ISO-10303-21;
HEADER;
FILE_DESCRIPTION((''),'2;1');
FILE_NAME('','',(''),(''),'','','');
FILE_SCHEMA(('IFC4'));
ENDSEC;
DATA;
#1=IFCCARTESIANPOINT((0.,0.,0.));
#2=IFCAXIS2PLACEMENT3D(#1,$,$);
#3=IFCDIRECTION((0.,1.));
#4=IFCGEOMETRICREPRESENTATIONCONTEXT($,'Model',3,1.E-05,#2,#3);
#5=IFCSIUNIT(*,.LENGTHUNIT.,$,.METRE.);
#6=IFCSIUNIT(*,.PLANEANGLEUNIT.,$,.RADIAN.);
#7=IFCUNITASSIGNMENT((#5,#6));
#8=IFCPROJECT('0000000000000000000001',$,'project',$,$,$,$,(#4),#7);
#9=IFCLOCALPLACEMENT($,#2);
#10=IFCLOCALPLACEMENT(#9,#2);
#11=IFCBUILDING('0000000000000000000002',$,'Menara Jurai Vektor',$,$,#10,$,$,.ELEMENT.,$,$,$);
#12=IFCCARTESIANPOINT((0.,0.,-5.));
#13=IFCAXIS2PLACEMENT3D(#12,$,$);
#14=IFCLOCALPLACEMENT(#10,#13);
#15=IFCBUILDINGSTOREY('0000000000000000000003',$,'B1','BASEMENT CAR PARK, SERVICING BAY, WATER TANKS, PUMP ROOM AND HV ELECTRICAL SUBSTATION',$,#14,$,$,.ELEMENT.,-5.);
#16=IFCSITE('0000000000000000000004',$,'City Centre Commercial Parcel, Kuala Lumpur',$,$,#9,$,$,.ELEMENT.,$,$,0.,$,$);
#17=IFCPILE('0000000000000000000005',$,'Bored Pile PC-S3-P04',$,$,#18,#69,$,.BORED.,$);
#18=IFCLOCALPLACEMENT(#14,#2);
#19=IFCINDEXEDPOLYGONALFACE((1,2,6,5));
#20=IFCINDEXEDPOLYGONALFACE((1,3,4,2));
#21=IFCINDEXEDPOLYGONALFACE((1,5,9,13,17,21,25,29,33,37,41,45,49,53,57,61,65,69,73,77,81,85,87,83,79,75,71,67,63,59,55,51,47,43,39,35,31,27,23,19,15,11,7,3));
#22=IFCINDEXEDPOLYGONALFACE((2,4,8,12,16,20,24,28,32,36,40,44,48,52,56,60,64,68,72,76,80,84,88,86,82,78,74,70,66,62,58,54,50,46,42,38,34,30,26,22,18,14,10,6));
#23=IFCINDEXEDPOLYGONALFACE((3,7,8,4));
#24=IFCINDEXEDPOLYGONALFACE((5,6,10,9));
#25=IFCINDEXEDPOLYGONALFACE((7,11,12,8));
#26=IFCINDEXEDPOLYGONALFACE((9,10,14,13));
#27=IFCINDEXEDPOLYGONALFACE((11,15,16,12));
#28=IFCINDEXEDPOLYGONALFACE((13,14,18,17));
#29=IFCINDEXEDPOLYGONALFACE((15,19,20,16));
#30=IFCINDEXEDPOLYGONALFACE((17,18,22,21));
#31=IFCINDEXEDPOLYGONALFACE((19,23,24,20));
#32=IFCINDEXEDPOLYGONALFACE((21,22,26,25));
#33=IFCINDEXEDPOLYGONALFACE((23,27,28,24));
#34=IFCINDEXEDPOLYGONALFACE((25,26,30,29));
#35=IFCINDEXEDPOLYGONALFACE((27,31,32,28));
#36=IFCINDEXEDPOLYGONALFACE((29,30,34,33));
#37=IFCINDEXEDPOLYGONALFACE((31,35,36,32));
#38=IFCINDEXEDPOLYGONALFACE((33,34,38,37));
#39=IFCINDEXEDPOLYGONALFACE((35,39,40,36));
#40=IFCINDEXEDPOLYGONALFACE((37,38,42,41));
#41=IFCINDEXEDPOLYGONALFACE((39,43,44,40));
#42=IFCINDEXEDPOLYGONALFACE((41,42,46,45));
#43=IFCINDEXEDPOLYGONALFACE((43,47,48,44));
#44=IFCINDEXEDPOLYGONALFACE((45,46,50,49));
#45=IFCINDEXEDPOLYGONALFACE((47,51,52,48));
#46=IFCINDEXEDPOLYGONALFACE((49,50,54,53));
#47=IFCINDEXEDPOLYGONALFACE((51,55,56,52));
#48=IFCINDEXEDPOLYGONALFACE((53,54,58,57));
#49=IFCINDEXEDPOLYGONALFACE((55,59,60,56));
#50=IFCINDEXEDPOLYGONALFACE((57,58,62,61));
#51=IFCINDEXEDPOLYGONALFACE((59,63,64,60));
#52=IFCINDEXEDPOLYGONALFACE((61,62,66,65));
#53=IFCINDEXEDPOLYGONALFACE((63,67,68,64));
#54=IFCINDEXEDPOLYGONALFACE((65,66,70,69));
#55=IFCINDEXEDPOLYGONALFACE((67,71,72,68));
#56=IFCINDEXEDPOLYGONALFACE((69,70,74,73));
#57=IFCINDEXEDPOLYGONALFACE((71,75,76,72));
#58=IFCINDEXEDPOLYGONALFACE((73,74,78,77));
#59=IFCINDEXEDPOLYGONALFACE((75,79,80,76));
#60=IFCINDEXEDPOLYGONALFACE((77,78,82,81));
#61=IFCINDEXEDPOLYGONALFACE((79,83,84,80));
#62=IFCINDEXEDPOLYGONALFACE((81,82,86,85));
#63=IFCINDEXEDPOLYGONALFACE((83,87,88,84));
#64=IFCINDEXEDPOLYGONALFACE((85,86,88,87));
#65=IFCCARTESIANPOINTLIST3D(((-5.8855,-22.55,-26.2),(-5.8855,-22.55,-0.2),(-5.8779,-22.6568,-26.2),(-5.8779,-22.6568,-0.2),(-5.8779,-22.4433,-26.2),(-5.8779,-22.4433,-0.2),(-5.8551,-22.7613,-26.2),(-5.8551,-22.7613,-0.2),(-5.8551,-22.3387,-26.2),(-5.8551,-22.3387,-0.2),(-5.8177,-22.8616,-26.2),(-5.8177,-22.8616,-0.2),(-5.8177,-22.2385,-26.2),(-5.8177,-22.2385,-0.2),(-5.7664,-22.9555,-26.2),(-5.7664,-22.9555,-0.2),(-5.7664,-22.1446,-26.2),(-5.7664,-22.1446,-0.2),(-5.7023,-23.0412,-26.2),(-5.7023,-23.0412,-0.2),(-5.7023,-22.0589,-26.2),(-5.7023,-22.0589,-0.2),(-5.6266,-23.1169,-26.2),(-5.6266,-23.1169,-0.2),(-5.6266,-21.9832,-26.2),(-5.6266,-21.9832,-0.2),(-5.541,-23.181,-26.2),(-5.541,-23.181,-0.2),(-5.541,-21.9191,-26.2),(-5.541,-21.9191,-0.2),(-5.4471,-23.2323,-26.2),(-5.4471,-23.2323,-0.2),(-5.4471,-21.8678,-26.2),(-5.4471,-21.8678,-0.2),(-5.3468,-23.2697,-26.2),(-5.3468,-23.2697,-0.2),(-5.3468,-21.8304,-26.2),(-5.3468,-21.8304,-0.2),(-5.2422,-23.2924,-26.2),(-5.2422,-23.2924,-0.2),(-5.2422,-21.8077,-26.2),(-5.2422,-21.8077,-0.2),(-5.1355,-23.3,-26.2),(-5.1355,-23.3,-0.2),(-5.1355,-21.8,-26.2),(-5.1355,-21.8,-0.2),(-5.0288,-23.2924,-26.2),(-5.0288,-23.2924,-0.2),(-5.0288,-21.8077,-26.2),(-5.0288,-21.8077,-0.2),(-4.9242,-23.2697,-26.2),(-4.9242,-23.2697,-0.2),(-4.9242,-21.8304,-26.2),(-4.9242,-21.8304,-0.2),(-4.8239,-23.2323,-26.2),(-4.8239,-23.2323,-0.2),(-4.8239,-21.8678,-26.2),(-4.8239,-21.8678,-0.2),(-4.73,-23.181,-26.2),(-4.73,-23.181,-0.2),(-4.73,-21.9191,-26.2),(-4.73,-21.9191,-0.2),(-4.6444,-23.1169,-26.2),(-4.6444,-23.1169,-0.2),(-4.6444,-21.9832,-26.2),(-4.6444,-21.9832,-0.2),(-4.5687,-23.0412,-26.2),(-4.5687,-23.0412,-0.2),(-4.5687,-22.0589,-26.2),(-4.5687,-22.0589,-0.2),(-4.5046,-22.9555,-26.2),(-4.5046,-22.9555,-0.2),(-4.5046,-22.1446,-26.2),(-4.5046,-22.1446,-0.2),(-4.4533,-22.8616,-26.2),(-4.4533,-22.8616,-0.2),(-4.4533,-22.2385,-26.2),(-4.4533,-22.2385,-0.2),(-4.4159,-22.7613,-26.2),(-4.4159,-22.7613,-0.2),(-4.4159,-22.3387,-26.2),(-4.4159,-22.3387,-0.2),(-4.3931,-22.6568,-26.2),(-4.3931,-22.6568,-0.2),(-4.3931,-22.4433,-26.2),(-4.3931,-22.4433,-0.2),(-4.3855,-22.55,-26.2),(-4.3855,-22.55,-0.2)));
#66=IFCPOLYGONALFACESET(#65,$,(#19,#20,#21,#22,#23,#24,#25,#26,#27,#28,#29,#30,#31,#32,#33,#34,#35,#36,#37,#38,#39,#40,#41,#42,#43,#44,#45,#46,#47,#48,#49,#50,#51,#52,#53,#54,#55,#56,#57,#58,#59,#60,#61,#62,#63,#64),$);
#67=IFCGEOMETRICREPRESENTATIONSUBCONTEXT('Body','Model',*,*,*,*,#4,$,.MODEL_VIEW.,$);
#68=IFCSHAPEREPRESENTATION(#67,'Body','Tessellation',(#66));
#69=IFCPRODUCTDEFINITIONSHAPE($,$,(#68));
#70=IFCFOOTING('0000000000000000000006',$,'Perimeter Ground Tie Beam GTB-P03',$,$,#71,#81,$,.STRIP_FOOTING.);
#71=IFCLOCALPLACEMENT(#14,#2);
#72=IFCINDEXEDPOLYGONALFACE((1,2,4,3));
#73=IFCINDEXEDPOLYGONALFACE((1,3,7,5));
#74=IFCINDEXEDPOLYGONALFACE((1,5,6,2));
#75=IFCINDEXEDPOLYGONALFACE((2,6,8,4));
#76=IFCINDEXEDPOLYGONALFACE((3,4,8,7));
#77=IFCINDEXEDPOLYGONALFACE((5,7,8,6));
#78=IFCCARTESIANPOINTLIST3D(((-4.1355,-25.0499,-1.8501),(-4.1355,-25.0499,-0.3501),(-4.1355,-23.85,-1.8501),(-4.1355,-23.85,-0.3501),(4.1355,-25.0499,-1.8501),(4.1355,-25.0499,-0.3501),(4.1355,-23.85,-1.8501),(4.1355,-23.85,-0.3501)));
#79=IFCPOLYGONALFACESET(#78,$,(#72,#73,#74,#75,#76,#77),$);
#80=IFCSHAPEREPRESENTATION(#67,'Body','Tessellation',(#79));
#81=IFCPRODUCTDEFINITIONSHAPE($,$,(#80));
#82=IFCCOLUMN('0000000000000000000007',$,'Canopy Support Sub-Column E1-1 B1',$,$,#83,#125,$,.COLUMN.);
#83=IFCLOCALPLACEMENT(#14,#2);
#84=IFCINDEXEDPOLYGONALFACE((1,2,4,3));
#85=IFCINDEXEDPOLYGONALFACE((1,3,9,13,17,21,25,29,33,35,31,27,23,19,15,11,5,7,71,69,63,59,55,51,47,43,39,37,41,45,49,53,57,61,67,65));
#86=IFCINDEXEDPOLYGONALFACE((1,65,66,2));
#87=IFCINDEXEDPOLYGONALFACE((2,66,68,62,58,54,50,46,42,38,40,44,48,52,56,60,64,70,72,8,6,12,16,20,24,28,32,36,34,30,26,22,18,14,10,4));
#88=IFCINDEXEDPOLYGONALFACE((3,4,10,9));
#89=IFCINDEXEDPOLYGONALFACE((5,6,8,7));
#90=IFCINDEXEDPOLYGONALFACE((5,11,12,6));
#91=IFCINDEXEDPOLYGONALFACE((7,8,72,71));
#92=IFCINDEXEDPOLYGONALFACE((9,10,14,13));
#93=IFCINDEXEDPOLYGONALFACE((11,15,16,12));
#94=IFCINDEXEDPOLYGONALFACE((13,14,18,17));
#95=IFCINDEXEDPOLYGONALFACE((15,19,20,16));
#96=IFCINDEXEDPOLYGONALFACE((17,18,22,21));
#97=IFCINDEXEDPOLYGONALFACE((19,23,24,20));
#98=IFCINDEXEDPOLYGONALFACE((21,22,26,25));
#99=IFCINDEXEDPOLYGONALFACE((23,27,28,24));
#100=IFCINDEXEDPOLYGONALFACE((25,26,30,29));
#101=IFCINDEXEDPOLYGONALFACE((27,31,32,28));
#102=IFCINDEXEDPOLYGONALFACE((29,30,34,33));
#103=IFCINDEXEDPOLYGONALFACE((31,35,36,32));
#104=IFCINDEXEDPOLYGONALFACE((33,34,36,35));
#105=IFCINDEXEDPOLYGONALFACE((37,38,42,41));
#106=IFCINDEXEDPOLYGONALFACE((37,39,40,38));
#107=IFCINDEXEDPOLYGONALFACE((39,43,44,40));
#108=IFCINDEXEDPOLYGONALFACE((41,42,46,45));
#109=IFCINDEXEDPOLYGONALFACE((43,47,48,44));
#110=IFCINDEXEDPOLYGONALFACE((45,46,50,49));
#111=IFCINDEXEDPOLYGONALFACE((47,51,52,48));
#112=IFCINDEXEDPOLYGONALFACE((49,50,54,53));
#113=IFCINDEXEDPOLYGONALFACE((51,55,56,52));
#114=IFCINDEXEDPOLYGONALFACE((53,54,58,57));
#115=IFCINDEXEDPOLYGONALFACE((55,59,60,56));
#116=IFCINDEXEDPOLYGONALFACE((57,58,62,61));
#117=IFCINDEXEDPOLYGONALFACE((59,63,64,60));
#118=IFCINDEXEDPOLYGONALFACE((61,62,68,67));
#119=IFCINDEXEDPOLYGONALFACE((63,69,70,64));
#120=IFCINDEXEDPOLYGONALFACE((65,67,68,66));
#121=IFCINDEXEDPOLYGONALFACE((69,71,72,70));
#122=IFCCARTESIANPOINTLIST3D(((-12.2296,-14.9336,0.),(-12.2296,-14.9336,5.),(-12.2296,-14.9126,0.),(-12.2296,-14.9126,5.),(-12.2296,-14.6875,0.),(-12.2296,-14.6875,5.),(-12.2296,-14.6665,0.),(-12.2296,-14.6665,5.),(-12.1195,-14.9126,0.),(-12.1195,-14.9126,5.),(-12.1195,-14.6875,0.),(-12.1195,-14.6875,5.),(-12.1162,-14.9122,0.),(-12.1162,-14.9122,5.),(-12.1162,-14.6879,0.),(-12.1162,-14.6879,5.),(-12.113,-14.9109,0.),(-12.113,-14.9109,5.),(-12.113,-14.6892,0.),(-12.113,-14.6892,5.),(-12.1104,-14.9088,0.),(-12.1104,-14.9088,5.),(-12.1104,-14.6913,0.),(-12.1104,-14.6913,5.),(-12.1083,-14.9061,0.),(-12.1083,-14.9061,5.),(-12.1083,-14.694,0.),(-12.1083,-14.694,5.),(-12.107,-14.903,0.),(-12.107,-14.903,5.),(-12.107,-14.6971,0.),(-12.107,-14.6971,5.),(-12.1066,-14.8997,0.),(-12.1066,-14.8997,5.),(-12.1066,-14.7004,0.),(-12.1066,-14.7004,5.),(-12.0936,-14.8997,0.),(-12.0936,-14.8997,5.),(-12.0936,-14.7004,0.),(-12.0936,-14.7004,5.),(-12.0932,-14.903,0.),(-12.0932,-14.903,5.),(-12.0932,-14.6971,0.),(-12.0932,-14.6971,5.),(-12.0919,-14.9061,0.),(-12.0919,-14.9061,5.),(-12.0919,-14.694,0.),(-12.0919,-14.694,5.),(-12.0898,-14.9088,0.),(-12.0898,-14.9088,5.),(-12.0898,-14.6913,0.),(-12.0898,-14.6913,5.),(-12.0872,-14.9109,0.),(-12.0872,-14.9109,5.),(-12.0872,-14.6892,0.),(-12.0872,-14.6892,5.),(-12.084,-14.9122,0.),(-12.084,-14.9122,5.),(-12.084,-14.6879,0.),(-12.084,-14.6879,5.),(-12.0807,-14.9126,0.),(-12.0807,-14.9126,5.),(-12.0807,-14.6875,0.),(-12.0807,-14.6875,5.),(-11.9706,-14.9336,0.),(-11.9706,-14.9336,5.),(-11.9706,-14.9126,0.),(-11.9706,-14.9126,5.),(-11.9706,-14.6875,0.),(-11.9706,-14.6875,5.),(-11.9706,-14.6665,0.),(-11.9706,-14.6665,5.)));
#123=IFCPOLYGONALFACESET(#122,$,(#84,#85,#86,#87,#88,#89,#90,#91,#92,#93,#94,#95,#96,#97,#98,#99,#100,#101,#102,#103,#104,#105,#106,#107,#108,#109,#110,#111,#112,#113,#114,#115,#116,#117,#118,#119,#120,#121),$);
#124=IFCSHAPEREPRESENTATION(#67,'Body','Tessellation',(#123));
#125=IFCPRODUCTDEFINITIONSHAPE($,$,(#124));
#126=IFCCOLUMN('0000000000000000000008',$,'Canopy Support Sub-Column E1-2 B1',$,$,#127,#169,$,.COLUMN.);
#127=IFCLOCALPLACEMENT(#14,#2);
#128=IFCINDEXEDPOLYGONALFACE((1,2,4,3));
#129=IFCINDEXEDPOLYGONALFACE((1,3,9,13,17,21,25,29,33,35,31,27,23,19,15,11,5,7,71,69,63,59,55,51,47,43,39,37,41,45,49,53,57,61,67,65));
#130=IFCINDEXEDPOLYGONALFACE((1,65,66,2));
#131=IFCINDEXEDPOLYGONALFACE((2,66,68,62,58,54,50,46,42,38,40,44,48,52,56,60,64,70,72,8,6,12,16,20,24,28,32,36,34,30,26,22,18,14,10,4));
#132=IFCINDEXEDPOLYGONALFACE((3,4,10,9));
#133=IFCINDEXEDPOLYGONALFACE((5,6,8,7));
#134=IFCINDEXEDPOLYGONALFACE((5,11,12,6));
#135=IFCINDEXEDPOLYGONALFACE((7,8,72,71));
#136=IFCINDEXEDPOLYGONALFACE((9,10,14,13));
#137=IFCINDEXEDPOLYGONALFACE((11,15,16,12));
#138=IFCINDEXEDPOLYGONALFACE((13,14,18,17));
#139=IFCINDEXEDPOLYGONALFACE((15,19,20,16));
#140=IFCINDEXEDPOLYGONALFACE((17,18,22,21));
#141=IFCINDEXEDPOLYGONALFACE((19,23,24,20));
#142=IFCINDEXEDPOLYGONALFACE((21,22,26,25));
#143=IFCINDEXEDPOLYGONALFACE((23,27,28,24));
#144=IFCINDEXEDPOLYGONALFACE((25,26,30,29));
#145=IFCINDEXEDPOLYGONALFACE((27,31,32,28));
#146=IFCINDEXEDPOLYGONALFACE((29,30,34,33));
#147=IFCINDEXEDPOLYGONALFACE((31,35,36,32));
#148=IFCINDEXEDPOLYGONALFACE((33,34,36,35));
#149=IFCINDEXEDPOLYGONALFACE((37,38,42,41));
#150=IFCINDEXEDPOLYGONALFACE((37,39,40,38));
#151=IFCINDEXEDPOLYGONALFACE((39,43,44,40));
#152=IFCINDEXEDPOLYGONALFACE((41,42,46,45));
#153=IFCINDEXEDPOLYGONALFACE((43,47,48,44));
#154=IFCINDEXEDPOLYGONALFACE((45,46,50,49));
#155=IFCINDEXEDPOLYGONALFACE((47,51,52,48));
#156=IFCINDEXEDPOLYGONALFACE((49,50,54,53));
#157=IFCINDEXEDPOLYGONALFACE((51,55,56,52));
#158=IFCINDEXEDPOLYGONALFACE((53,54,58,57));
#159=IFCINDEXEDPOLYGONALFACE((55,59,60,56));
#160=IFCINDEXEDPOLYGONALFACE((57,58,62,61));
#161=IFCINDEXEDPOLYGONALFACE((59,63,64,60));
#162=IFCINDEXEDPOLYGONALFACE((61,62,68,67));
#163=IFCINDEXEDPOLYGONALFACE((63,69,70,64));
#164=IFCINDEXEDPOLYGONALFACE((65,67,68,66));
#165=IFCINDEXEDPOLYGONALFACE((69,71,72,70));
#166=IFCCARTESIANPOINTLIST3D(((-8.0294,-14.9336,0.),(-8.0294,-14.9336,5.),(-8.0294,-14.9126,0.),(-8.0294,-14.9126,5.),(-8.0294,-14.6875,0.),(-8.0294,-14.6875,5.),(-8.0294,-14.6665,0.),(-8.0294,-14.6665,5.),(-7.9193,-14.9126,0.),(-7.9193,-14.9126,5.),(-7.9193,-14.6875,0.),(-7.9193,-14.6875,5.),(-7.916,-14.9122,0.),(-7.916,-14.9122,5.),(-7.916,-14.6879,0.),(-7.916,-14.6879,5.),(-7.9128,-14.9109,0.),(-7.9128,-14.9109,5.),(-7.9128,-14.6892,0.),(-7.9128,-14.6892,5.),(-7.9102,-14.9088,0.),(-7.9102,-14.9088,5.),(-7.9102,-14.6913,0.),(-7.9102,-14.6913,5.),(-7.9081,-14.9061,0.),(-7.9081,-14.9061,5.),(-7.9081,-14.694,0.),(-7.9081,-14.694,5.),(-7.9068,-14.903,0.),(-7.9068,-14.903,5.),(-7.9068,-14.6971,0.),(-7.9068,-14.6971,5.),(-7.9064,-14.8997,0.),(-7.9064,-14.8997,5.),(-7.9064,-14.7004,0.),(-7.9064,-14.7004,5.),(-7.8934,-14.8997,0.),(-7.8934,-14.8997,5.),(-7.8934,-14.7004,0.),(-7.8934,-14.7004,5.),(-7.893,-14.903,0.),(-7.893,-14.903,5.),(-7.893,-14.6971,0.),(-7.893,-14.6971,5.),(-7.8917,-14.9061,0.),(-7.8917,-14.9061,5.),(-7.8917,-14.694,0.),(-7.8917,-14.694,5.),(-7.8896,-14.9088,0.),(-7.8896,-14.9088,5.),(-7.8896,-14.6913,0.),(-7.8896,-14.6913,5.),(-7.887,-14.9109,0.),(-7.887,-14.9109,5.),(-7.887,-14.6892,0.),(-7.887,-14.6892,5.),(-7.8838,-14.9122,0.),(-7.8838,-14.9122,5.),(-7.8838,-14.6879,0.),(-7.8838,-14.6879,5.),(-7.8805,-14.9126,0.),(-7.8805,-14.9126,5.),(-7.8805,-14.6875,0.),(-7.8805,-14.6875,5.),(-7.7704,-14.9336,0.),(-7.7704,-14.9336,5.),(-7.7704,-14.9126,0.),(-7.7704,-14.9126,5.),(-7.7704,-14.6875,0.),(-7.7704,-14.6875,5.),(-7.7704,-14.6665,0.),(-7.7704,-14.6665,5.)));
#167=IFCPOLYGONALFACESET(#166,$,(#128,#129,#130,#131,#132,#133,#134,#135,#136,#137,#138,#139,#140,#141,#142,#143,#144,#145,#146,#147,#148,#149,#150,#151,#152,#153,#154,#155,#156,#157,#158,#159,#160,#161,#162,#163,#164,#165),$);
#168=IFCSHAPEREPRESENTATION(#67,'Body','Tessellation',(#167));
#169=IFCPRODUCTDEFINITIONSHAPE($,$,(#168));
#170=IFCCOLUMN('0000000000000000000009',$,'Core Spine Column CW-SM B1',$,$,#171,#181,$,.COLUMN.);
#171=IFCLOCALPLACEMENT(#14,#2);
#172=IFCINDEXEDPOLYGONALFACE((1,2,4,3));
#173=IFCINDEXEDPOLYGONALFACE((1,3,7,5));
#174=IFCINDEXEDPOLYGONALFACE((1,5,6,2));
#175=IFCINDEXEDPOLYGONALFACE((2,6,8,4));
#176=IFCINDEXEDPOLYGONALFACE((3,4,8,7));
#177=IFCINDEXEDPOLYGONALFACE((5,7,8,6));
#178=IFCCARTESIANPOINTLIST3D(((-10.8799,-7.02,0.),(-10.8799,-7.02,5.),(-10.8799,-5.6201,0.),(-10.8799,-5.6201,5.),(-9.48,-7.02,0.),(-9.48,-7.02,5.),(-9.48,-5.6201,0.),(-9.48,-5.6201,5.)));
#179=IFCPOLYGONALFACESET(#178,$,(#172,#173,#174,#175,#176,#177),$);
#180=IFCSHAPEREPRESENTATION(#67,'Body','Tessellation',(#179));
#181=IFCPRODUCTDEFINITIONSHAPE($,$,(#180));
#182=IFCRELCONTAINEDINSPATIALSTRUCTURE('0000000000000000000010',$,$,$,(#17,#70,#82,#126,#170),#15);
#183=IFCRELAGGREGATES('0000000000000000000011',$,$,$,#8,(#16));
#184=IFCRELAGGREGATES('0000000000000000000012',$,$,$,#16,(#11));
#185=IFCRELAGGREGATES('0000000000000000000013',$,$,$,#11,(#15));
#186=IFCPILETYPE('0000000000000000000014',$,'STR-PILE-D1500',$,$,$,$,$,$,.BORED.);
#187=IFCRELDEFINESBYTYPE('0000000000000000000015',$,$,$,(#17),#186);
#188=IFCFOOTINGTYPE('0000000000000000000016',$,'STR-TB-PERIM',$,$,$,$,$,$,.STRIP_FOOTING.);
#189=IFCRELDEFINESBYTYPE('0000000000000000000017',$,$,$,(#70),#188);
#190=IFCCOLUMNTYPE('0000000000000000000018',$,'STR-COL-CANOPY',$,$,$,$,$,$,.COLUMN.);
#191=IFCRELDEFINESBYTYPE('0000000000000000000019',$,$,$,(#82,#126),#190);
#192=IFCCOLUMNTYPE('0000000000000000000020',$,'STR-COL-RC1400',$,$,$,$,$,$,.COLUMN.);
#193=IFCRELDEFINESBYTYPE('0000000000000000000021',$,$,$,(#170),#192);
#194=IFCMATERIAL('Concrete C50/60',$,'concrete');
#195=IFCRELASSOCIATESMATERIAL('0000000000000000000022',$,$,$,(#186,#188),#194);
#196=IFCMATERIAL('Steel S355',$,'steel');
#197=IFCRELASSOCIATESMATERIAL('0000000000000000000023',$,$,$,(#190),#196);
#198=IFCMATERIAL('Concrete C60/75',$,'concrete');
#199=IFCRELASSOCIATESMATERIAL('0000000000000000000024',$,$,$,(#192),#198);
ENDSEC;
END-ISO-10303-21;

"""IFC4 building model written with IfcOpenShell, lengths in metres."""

from ifc_helpers import new_model, si_unit, direction, frame, origin, origin_2d, place, context, subcontext, project, spatial, rectangle, circle, i_section, extrude, material, material_profile, profile_set, type_object, element, save


model = new_model("IFC4")

# Units and contexts
model_context = context("Model", 3, precision=1e-05, world=origin(), true_north=direction((0.0, 1.0)))
body_context = subcontext(model_context, "Body", "Model", "MODEL_VIEW")
ifc_project = project(units=[si_unit("LENGTHUNIT", "METRE"), si_unit("PLANEANGLEUNIT", "RADIAN")], contexts=[model_context])

# Site, building, storey
site_placement = place(None, origin())
site = spatial("IfcSite", under=ifc_project, at=site_placement, Name="City Centre Commercial Parcel, Kuala Lumpur", CompositionType="ELEMENT", RefElevation=0.0)
building_placement = place(site_placement, origin())
building = spatial("IfcBuilding", under=site, at=building_placement, Name="Menara Jurai Vektor", CompositionType="ELEMENT")
storey_placement = place(building_placement, frame((0.0, 0.0, -5.0)))
storey = spatial("IfcBuildingStorey", under=building, at=storey_placement, Name="B1", Description="BASEMENT CAR PARK, SERVICING BAY, WATER TANKS, PUMP ROOM AND HV ELECTRICAL SUBSTATION", CompositionType="ELEMENT", Elevation=-5.0)

# Shared definitions
ifc_material_1 = material(Name="Concrete C50/60", Category="concrete")

# Pile
ifc_material_profile_1 = material_profile(ifc_material_1, circle(Radius=0.75, at=origin_2d()), Name="PILE D1500")
ifc_profile_set_1 = profile_set([ifc_material_profile_1], Name="Concrete C50/60")
pile_type = type_object("IfcPileType", Name="STR-PILE-D1500", PredefinedType="BORED", material=ifc_profile_set_1)
for number, where, z_axis, x_axis, name in (
    (1, (-5.1355, -22.55, -0.2), (0.0, 0.0, -1.0), (1.0, 0.0, 0.0), "Bored Pile PC-S3-P04"),
):
    element("IfcPile", number, at=place(storey_placement, frame(where, z_axis=z_axis, x_axis=x_axis)), inside=storey, type_object=pile_type, Name=name, PredefinedType="BORED", context=body_context, shape_type="SweptSolid", body=[
        extrude(circle(Radius=0.75, at=origin_2d()), origin(), (0.0, 0.0, 1.0), 26.0),
    ])

# Footing
ifc_material_profile_2 = material_profile(ifc_material_1, rectangle(XDim=1.2, YDim=1.5, at=origin_2d()), Name="RC 1200x1500")
ifc_profile_set_2 = profile_set([ifc_material_profile_2], Name="Concrete C50/60")
footing_type_1 = type_object("IfcFootingType", Name="STR-TB-PERIM", PredefinedType="STRIP_FOOTING", material=ifc_profile_set_2)
footing_1_placement = place(storey_placement, frame((-4.1355, -24.45, -1.1001), z_axis=(1.0, 0.0, 0.0), x_axis=(0.0, 1.0, 0.0)))
element("IfcFooting", 2, at=footing_1_placement, inside=storey, type_object=footing_type_1, Name="Perimeter Ground Tie Beam GTB-P03", PredefinedType="STRIP_FOOTING", context=body_context, shape_type="SweptSolid", body=[
    extrude(rectangle(XDim=1.2, YDim=1.5, at=origin_2d()), origin(), (0.0, 0.0, 1.0), 8.271),
])

# Columns
ifc_material_2 = material(Name="Steel S355", Category="steel")
ifc_material_profile_3 = material_profile(ifc_material_2, i_section(OverallWidth=0.259, OverallDepth=0.2671, WebThickness=0.0129, FlangeThickness=0.021, FilletRadius=0.0129, at=origin_2d()), Name="UKC 254x254x107")
ifc_profile_set_3 = profile_set([ifc_material_profile_3], Name="Steel S355")
column_type_1 = type_object("IfcColumnType", Name="STR-COL-CANOPY", PredefinedType="COLUMN", material=ifc_profile_set_3)
for number, where, z_axis, x_axis, name in (
    (3, (-12.1001, -14.8, 0.0), (0.0, 0.0, 1.0), (1.0, 0.0, 0.0), "Canopy Support Sub-Column E1-1 B1"),
    (4, (-7.8999, -14.8, 0.0), (0.0, 0.0, 1.0), (1.0, 0.0, 0.0), "Canopy Support Sub-Column E1-2 B1"),
):
    element("IfcColumn", number, at=place(storey_placement, frame(where, z_axis=z_axis, x_axis=x_axis)), inside=storey, type_object=column_type_1, Name=name, PredefinedType="COLUMN", context=body_context, shape_type="SweptSolid", body=[
        extrude(i_section(OverallWidth=0.259, OverallDepth=0.2671, WebThickness=0.0129, FlangeThickness=0.021, FilletRadius=0.0129, at=origin_2d()), origin(), (0.0, 0.0, 1.0), 5.0),
    ])
ifc_material_3 = material(Name="Concrete C60/75", Category="concrete")
ifc_material_profile_4 = material_profile(ifc_material_3, rectangle(XDim=1.3999, YDim=1.3999, at=origin_2d()), Name="RC 1400x1400")
ifc_profile_set_4 = profile_set([ifc_material_profile_4], Name="Concrete C60/75")
column_type_2 = type_object("IfcColumnType", Name="STR-COL-RC1400", PredefinedType="COLUMN", material=ifc_profile_set_4)
column_1_placement = place(storey_placement, frame((-10.1799, -6.3201, 0.0), z_axis=(0.0, 0.0, 1.0), x_axis=(1.0, 0.0, 0.0)))
element("IfcColumn", 5, at=column_1_placement, inside=storey, type_object=column_type_2, Name="Core Spine Column CW-SM B1", PredefinedType="COLUMN", context=body_context, shape_type="SweptSolid", body=[
    extrude(rectangle(XDim=1.3999, YDim=1.3999, at=origin_2d()), origin(), (0.0, 0.0, 1.0), 5.0),
])

save(model, "model.ifc")
